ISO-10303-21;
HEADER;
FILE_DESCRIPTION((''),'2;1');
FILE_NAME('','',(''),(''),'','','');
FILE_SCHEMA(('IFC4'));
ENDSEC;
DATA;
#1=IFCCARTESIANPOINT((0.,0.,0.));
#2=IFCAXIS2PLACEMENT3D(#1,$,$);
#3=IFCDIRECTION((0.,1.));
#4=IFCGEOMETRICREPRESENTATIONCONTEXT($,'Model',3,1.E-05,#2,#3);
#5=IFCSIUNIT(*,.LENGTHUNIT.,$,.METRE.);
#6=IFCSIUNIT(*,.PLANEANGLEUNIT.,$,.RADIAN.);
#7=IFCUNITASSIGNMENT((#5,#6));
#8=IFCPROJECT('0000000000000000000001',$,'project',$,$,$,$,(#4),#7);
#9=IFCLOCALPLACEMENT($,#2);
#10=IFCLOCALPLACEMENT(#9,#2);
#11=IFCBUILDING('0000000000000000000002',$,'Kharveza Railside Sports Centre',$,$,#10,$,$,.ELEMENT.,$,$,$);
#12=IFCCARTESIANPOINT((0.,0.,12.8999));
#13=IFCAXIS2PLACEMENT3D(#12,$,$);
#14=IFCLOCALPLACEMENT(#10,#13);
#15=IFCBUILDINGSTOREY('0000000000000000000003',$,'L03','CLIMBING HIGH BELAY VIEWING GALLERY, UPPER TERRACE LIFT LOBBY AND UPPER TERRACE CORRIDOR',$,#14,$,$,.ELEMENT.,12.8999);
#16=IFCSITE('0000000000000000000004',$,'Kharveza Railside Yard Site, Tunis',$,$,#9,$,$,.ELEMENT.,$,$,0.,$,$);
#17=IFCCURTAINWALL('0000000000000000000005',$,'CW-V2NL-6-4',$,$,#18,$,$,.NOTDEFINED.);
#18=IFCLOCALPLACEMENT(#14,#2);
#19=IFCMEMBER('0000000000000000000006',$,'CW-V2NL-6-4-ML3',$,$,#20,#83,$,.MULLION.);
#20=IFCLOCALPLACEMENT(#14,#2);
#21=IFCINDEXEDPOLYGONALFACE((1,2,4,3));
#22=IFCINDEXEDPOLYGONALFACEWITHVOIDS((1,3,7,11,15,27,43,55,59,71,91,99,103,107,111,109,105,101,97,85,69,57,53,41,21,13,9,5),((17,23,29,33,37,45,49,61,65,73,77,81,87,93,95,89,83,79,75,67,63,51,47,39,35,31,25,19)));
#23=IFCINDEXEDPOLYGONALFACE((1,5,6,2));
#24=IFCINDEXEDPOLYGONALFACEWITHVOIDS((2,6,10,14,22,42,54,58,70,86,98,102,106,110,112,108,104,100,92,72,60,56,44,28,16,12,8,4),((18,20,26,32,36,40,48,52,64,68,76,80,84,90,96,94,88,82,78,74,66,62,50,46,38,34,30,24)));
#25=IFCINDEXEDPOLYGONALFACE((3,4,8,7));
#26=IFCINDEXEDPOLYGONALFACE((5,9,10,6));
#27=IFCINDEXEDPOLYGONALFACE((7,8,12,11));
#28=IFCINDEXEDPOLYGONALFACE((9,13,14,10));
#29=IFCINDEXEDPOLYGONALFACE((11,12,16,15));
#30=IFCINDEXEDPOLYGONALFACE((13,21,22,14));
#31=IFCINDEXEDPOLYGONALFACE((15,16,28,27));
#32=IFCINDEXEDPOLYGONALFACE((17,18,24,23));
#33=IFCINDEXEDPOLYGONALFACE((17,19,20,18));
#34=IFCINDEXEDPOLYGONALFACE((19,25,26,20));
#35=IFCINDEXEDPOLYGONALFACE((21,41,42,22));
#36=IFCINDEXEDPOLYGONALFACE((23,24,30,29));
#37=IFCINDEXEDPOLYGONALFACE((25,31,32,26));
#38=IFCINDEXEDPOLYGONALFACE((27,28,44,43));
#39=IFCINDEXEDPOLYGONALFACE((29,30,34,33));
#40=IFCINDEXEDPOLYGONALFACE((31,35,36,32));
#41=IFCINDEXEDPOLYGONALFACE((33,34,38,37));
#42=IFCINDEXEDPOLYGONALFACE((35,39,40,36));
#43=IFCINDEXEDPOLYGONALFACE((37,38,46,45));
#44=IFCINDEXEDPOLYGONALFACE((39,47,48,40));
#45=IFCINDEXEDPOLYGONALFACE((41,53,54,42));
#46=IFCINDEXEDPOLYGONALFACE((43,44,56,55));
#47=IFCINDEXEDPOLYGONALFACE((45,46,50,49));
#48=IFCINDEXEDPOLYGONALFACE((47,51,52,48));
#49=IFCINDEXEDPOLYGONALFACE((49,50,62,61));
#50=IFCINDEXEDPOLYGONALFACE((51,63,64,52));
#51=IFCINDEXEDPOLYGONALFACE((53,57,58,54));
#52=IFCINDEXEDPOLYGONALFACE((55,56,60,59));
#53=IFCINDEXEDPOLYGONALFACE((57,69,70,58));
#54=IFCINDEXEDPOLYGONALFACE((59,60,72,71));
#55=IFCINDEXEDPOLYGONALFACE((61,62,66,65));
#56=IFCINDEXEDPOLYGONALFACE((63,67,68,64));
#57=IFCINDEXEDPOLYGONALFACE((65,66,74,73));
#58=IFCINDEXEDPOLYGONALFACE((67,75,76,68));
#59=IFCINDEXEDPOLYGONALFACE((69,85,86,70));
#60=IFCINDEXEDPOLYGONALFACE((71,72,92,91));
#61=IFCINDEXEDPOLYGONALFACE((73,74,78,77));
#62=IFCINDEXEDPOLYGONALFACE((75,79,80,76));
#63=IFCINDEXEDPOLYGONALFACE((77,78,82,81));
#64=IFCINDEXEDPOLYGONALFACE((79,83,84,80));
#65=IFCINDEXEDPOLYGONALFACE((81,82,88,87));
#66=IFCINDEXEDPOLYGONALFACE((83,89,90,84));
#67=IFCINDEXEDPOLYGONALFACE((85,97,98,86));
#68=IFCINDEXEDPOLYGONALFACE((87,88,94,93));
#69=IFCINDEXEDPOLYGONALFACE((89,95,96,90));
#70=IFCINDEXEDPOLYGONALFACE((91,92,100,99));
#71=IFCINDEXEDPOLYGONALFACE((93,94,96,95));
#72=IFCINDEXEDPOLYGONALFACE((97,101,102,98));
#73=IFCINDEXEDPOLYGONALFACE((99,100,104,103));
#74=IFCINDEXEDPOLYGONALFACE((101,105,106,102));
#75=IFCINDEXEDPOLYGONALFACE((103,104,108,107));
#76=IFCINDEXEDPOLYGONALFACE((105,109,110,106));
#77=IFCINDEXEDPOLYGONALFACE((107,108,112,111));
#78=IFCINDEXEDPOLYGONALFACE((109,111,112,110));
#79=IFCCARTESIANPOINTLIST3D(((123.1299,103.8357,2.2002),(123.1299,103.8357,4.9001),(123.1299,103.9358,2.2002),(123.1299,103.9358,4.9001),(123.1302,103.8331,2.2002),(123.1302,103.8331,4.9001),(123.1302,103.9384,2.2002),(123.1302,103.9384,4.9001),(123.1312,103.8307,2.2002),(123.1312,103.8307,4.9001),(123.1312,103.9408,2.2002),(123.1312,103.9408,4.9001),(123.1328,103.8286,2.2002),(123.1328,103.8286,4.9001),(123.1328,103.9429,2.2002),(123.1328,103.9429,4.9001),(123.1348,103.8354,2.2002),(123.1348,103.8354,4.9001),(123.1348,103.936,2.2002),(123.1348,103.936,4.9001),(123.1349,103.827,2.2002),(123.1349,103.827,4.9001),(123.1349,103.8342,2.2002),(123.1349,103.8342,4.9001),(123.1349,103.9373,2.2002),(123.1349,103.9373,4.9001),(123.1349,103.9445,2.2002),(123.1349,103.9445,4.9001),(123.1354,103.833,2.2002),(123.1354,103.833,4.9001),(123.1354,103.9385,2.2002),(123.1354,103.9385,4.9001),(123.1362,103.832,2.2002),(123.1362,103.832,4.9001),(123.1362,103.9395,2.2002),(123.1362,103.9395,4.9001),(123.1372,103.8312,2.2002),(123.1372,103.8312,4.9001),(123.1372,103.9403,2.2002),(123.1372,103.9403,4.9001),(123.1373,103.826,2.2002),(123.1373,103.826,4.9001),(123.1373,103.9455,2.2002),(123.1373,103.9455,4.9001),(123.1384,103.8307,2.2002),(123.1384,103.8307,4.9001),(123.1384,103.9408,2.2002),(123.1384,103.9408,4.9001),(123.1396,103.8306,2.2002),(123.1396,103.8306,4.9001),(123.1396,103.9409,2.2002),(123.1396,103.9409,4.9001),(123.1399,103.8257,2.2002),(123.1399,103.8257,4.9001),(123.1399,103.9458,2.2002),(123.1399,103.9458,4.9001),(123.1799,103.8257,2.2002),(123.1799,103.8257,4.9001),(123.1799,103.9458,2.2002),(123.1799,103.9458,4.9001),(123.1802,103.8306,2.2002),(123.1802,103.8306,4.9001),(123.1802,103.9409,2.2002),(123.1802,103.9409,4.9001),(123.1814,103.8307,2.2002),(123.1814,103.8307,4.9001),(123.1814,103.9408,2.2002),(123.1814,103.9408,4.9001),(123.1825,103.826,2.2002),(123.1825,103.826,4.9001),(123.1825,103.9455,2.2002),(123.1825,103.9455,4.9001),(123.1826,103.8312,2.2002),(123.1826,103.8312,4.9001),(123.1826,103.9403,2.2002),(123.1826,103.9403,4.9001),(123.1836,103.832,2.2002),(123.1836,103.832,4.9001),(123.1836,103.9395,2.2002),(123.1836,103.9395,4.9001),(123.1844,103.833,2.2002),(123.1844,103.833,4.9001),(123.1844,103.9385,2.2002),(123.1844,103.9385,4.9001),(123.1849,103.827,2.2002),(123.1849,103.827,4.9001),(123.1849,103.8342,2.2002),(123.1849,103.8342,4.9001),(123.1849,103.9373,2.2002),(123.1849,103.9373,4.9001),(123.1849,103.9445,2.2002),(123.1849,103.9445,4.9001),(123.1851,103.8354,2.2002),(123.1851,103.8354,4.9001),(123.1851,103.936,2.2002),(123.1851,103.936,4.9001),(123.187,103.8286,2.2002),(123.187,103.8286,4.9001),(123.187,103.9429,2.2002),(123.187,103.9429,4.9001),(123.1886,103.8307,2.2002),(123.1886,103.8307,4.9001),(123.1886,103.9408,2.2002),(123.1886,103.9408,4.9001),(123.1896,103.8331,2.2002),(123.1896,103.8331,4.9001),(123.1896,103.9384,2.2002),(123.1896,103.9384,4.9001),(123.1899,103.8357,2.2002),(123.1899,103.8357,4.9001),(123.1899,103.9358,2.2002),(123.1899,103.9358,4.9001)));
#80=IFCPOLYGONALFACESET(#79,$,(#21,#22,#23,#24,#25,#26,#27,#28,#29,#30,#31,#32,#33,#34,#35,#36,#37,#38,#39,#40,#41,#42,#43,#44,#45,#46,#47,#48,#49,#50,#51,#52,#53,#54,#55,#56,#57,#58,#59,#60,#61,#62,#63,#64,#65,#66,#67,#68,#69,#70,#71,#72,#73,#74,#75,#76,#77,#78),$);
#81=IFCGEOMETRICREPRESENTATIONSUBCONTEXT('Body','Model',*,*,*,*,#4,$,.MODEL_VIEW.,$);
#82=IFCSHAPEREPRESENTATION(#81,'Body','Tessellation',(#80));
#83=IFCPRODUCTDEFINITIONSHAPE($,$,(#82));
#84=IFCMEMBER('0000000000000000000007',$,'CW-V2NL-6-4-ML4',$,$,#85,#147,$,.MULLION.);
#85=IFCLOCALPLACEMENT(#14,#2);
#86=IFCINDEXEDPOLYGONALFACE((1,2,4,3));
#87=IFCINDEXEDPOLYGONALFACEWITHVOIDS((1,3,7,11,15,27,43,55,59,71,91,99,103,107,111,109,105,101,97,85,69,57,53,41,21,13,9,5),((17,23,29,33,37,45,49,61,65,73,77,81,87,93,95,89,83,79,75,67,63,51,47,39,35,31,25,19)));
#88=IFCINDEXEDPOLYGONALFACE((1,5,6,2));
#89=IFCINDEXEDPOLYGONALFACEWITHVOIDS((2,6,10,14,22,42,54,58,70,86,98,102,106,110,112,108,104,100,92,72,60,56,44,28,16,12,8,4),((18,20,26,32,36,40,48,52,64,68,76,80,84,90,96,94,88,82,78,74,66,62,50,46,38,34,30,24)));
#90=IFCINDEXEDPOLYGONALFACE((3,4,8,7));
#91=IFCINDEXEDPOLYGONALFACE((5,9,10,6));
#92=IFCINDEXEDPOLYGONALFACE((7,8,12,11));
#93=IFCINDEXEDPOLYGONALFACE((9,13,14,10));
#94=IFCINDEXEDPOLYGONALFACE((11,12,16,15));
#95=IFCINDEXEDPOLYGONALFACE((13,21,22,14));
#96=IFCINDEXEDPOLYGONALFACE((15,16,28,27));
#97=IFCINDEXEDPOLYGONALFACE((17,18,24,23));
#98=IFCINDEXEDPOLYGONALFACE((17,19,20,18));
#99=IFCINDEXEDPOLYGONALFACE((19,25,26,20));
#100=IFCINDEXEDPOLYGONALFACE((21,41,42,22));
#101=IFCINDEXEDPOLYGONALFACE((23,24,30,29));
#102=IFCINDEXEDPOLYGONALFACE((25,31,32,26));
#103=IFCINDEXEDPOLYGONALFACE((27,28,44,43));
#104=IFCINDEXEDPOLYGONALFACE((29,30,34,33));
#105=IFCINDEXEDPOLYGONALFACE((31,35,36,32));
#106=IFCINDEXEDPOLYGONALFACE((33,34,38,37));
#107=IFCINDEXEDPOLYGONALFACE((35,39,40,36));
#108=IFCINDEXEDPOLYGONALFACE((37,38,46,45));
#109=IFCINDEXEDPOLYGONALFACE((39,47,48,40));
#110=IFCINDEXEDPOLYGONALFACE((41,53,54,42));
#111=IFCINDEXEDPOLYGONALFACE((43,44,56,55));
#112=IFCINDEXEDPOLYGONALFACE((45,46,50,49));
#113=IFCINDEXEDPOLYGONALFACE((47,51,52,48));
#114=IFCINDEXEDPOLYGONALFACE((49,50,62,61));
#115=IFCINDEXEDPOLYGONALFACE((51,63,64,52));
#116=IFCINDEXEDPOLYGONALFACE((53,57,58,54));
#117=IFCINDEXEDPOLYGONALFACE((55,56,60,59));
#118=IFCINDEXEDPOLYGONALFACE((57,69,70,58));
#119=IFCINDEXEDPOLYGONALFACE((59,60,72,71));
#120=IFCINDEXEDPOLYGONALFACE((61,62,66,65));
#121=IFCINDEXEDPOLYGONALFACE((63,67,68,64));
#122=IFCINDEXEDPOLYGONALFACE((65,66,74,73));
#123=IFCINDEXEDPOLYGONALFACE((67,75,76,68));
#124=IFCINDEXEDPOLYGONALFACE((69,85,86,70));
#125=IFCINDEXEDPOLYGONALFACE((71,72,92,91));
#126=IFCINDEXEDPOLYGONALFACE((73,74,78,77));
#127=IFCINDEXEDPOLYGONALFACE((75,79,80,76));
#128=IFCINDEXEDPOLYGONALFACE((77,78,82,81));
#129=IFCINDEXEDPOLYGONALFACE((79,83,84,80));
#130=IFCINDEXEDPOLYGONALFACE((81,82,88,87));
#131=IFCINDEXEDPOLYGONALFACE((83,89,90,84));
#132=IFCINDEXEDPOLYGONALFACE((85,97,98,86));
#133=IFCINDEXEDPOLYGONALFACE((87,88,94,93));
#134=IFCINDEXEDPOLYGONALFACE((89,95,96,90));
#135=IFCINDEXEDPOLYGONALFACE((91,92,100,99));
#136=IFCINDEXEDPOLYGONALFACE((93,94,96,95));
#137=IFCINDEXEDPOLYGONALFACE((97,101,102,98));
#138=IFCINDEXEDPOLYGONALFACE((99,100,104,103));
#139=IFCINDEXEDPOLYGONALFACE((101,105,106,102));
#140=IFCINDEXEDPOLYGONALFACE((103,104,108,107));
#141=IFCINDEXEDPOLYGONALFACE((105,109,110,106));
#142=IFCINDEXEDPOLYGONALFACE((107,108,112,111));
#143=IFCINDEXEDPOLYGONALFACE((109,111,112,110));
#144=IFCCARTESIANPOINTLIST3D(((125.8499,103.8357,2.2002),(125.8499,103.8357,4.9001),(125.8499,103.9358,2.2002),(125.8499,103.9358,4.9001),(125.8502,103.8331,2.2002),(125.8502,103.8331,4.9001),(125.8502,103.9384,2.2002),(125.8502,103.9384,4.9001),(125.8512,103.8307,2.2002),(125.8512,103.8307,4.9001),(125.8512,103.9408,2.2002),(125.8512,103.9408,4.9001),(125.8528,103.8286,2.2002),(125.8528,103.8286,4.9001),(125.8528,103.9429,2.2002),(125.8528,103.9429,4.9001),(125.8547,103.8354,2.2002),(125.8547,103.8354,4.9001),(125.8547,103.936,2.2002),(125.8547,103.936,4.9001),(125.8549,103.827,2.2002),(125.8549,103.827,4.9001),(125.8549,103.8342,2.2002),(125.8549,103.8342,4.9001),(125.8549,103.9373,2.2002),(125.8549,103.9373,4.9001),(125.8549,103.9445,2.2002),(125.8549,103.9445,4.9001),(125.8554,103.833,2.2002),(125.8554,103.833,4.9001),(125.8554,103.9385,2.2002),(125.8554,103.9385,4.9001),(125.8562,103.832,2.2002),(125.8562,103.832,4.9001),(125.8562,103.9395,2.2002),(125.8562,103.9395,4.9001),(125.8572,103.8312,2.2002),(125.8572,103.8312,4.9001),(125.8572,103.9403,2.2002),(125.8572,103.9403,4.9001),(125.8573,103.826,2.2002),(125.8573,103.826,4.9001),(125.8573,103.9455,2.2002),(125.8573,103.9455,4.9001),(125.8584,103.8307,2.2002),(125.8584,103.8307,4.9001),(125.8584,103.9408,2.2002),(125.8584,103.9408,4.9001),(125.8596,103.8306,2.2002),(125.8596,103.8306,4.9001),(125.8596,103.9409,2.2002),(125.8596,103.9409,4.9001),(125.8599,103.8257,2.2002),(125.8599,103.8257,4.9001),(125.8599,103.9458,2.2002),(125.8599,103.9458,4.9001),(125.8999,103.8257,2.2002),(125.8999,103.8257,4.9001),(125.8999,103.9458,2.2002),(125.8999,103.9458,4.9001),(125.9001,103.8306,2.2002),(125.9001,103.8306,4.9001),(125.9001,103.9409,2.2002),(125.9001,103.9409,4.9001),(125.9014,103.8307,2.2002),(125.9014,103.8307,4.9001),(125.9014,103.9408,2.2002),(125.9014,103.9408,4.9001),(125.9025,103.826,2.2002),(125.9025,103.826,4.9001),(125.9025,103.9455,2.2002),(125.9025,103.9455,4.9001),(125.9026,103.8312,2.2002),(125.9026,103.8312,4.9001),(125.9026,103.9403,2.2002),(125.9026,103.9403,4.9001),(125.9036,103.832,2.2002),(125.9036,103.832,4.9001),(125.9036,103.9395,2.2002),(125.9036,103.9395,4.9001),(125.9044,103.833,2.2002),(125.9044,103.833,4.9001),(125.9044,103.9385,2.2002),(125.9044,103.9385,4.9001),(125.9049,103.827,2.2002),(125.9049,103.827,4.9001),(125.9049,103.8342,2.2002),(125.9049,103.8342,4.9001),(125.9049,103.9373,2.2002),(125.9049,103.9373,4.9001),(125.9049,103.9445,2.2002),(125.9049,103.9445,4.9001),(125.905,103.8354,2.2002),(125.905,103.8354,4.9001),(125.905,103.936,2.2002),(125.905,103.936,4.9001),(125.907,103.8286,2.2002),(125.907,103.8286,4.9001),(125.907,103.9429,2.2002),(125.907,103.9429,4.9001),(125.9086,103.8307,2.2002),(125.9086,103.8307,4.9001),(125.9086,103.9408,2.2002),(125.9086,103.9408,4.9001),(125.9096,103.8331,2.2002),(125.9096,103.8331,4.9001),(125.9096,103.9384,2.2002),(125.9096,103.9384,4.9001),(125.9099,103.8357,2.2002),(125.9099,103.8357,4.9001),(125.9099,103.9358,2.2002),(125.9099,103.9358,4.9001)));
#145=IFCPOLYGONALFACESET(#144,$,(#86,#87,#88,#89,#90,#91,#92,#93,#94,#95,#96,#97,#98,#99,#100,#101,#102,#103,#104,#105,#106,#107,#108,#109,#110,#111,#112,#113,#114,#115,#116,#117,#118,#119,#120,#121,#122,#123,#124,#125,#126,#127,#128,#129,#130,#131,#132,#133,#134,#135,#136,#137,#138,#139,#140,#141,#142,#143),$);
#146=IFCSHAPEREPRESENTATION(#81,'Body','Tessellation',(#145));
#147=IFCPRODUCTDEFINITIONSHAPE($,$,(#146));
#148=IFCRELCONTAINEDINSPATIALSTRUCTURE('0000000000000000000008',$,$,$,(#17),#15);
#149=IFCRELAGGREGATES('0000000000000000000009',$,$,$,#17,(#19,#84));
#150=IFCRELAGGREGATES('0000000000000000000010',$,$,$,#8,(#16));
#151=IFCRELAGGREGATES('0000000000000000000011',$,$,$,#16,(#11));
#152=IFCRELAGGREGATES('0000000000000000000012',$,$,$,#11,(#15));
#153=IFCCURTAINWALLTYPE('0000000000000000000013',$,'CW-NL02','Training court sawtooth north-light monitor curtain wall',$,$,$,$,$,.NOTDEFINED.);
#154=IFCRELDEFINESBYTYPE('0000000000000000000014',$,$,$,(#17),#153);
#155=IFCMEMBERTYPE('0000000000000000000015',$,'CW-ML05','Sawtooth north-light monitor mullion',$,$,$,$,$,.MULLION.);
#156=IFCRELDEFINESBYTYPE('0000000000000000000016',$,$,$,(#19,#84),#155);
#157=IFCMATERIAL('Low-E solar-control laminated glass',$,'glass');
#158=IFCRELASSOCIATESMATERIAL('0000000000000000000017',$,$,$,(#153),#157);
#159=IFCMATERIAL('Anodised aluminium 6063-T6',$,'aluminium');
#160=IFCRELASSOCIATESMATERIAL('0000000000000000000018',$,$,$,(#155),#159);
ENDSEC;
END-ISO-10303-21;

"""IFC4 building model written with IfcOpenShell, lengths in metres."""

from ifc_helpers import new_model, si_unit, direction, frame, origin, origin_2d, place, context, subcontext, project, spatial, hollow_rectangle, extrude, material, material_profile, profile_set, type_object, element, aggregate, save


model = new_model("IFC4")

# Units and contexts
model_context = context("Model", 3, precision=1e-05, world=origin(), true_north=direction((0.0, 1.0)))
body_context = subcontext(model_context, "Body", "Model", "MODEL_VIEW")
ifc_project = project(units=[si_unit("LENGTHUNIT", "METRE"), si_unit("PLANEANGLEUNIT", "RADIAN")], contexts=[model_context])

# Site, building, storey
site_placement = place(None, origin())
site = spatial("IfcSite", under=ifc_project, at=site_placement, Name="Kharveza Railside Yard Site, Tunis", CompositionType="ELEMENT", RefElevation=0.0)
building_placement = place(site_placement, origin())
building = spatial("IfcBuilding", under=site, at=building_placement, Name="Kharveza Railside Sports Centre", CompositionType="ELEMENT")
storey_placement = place(building_placement, frame((0.0, 0.0, 12.8999)))
storey = spatial("IfcBuildingStorey", under=building, at=storey_placement, Name="L03", Description="CLIMBING HIGH BELAY VIEWING GALLERY, UPPER TERRACE LIFT LOBBY AND UPPER TERRACE CORRIDOR", CompositionType="ELEMENT", Elevation=12.8999)

# Curtain wall, members
ifc_material_1 = material(Name="Low-E solar-control laminated glass", Category="glass")
curtain_wall_type = type_object("IfcCurtainWallType", Name="CW-NL02", Description="Training court sawtooth north-light monitor curtain wall", PredefinedType="NOTDEFINED", material=ifc_material_1)
curtain_wall_1_placement = place(storey_placement, origin())
curtain_wall_1 = element("IfcCurtainWall", 1, at=curtain_wall_1_placement, inside=storey, type_object=curtain_wall_type, Name="CW-V2NL-6-4", PredefinedType="NOTDEFINED")
ifc_material_2 = material(Name="Anodised aluminium 6063-T6", Category="aluminium")
ifc_material_profile_1 = material_profile(ifc_material_2, hollow_rectangle(XDim=0.0601, YDim=0.1201, WallThickness=0.0049, InnerFilletRadius=0.0049, OuterFilletRadius=0.01, at=origin_2d()), Name="RHS 60x120x5.0")
ifc_profile_set_1 = profile_set([ifc_material_profile_1], Name="Anodised aluminium 6063-T6")
member_type_1 = type_object("IfcMemberType", Name="CW-ML05", Description="Sawtooth north-light monitor mullion", PredefinedType="MULLION", material=ifc_profile_set_1)
member_1_placement = place(storey_placement, frame((123.1599, 103.8857, 2.2002), z_axis=(0.0, 0.0, 1.0), x_axis=(1.0, 0.0, 0.0)))
member_1 = element("IfcMember", 2, at=member_1_placement, type_object=member_type_1, Name="CW-V2NL-6-4-ML3", PredefinedType="MULLION", context=body_context, shape_type="SweptSolid", body=[
    extrude(hollow_rectangle(XDim=0.0601, YDim=0.1201, WallThickness=0.0049, InnerFilletRadius=0.0049, OuterFilletRadius=0.01, at=origin_2d()), origin(), (0.0, 0.0, 1.0), 2.7),
])
member_2_placement = place(storey_placement, frame((125.8799, 103.8857, 2.2002), z_axis=(0.0, 0.0, 1.0), x_axis=(1.0, 0.0, 0.0)))
member_2 = element("IfcMember", 3, at=member_2_placement, type_object=member_type_1, Name="CW-V2NL-6-4-ML4", PredefinedType="MULLION", context=body_context, shape_type="SweptSolid", body=[
    extrude(hollow_rectangle(XDim=0.0601, YDim=0.1201, WallThickness=0.0049, InnerFilletRadius=0.0049, OuterFilletRadius=0.01, at=origin_2d()), origin(), (0.0, 0.0, 1.0), 2.7),
])

aggregate(curtain_wall_1, [member_1, member_2])

save(model, "model.ifc")
